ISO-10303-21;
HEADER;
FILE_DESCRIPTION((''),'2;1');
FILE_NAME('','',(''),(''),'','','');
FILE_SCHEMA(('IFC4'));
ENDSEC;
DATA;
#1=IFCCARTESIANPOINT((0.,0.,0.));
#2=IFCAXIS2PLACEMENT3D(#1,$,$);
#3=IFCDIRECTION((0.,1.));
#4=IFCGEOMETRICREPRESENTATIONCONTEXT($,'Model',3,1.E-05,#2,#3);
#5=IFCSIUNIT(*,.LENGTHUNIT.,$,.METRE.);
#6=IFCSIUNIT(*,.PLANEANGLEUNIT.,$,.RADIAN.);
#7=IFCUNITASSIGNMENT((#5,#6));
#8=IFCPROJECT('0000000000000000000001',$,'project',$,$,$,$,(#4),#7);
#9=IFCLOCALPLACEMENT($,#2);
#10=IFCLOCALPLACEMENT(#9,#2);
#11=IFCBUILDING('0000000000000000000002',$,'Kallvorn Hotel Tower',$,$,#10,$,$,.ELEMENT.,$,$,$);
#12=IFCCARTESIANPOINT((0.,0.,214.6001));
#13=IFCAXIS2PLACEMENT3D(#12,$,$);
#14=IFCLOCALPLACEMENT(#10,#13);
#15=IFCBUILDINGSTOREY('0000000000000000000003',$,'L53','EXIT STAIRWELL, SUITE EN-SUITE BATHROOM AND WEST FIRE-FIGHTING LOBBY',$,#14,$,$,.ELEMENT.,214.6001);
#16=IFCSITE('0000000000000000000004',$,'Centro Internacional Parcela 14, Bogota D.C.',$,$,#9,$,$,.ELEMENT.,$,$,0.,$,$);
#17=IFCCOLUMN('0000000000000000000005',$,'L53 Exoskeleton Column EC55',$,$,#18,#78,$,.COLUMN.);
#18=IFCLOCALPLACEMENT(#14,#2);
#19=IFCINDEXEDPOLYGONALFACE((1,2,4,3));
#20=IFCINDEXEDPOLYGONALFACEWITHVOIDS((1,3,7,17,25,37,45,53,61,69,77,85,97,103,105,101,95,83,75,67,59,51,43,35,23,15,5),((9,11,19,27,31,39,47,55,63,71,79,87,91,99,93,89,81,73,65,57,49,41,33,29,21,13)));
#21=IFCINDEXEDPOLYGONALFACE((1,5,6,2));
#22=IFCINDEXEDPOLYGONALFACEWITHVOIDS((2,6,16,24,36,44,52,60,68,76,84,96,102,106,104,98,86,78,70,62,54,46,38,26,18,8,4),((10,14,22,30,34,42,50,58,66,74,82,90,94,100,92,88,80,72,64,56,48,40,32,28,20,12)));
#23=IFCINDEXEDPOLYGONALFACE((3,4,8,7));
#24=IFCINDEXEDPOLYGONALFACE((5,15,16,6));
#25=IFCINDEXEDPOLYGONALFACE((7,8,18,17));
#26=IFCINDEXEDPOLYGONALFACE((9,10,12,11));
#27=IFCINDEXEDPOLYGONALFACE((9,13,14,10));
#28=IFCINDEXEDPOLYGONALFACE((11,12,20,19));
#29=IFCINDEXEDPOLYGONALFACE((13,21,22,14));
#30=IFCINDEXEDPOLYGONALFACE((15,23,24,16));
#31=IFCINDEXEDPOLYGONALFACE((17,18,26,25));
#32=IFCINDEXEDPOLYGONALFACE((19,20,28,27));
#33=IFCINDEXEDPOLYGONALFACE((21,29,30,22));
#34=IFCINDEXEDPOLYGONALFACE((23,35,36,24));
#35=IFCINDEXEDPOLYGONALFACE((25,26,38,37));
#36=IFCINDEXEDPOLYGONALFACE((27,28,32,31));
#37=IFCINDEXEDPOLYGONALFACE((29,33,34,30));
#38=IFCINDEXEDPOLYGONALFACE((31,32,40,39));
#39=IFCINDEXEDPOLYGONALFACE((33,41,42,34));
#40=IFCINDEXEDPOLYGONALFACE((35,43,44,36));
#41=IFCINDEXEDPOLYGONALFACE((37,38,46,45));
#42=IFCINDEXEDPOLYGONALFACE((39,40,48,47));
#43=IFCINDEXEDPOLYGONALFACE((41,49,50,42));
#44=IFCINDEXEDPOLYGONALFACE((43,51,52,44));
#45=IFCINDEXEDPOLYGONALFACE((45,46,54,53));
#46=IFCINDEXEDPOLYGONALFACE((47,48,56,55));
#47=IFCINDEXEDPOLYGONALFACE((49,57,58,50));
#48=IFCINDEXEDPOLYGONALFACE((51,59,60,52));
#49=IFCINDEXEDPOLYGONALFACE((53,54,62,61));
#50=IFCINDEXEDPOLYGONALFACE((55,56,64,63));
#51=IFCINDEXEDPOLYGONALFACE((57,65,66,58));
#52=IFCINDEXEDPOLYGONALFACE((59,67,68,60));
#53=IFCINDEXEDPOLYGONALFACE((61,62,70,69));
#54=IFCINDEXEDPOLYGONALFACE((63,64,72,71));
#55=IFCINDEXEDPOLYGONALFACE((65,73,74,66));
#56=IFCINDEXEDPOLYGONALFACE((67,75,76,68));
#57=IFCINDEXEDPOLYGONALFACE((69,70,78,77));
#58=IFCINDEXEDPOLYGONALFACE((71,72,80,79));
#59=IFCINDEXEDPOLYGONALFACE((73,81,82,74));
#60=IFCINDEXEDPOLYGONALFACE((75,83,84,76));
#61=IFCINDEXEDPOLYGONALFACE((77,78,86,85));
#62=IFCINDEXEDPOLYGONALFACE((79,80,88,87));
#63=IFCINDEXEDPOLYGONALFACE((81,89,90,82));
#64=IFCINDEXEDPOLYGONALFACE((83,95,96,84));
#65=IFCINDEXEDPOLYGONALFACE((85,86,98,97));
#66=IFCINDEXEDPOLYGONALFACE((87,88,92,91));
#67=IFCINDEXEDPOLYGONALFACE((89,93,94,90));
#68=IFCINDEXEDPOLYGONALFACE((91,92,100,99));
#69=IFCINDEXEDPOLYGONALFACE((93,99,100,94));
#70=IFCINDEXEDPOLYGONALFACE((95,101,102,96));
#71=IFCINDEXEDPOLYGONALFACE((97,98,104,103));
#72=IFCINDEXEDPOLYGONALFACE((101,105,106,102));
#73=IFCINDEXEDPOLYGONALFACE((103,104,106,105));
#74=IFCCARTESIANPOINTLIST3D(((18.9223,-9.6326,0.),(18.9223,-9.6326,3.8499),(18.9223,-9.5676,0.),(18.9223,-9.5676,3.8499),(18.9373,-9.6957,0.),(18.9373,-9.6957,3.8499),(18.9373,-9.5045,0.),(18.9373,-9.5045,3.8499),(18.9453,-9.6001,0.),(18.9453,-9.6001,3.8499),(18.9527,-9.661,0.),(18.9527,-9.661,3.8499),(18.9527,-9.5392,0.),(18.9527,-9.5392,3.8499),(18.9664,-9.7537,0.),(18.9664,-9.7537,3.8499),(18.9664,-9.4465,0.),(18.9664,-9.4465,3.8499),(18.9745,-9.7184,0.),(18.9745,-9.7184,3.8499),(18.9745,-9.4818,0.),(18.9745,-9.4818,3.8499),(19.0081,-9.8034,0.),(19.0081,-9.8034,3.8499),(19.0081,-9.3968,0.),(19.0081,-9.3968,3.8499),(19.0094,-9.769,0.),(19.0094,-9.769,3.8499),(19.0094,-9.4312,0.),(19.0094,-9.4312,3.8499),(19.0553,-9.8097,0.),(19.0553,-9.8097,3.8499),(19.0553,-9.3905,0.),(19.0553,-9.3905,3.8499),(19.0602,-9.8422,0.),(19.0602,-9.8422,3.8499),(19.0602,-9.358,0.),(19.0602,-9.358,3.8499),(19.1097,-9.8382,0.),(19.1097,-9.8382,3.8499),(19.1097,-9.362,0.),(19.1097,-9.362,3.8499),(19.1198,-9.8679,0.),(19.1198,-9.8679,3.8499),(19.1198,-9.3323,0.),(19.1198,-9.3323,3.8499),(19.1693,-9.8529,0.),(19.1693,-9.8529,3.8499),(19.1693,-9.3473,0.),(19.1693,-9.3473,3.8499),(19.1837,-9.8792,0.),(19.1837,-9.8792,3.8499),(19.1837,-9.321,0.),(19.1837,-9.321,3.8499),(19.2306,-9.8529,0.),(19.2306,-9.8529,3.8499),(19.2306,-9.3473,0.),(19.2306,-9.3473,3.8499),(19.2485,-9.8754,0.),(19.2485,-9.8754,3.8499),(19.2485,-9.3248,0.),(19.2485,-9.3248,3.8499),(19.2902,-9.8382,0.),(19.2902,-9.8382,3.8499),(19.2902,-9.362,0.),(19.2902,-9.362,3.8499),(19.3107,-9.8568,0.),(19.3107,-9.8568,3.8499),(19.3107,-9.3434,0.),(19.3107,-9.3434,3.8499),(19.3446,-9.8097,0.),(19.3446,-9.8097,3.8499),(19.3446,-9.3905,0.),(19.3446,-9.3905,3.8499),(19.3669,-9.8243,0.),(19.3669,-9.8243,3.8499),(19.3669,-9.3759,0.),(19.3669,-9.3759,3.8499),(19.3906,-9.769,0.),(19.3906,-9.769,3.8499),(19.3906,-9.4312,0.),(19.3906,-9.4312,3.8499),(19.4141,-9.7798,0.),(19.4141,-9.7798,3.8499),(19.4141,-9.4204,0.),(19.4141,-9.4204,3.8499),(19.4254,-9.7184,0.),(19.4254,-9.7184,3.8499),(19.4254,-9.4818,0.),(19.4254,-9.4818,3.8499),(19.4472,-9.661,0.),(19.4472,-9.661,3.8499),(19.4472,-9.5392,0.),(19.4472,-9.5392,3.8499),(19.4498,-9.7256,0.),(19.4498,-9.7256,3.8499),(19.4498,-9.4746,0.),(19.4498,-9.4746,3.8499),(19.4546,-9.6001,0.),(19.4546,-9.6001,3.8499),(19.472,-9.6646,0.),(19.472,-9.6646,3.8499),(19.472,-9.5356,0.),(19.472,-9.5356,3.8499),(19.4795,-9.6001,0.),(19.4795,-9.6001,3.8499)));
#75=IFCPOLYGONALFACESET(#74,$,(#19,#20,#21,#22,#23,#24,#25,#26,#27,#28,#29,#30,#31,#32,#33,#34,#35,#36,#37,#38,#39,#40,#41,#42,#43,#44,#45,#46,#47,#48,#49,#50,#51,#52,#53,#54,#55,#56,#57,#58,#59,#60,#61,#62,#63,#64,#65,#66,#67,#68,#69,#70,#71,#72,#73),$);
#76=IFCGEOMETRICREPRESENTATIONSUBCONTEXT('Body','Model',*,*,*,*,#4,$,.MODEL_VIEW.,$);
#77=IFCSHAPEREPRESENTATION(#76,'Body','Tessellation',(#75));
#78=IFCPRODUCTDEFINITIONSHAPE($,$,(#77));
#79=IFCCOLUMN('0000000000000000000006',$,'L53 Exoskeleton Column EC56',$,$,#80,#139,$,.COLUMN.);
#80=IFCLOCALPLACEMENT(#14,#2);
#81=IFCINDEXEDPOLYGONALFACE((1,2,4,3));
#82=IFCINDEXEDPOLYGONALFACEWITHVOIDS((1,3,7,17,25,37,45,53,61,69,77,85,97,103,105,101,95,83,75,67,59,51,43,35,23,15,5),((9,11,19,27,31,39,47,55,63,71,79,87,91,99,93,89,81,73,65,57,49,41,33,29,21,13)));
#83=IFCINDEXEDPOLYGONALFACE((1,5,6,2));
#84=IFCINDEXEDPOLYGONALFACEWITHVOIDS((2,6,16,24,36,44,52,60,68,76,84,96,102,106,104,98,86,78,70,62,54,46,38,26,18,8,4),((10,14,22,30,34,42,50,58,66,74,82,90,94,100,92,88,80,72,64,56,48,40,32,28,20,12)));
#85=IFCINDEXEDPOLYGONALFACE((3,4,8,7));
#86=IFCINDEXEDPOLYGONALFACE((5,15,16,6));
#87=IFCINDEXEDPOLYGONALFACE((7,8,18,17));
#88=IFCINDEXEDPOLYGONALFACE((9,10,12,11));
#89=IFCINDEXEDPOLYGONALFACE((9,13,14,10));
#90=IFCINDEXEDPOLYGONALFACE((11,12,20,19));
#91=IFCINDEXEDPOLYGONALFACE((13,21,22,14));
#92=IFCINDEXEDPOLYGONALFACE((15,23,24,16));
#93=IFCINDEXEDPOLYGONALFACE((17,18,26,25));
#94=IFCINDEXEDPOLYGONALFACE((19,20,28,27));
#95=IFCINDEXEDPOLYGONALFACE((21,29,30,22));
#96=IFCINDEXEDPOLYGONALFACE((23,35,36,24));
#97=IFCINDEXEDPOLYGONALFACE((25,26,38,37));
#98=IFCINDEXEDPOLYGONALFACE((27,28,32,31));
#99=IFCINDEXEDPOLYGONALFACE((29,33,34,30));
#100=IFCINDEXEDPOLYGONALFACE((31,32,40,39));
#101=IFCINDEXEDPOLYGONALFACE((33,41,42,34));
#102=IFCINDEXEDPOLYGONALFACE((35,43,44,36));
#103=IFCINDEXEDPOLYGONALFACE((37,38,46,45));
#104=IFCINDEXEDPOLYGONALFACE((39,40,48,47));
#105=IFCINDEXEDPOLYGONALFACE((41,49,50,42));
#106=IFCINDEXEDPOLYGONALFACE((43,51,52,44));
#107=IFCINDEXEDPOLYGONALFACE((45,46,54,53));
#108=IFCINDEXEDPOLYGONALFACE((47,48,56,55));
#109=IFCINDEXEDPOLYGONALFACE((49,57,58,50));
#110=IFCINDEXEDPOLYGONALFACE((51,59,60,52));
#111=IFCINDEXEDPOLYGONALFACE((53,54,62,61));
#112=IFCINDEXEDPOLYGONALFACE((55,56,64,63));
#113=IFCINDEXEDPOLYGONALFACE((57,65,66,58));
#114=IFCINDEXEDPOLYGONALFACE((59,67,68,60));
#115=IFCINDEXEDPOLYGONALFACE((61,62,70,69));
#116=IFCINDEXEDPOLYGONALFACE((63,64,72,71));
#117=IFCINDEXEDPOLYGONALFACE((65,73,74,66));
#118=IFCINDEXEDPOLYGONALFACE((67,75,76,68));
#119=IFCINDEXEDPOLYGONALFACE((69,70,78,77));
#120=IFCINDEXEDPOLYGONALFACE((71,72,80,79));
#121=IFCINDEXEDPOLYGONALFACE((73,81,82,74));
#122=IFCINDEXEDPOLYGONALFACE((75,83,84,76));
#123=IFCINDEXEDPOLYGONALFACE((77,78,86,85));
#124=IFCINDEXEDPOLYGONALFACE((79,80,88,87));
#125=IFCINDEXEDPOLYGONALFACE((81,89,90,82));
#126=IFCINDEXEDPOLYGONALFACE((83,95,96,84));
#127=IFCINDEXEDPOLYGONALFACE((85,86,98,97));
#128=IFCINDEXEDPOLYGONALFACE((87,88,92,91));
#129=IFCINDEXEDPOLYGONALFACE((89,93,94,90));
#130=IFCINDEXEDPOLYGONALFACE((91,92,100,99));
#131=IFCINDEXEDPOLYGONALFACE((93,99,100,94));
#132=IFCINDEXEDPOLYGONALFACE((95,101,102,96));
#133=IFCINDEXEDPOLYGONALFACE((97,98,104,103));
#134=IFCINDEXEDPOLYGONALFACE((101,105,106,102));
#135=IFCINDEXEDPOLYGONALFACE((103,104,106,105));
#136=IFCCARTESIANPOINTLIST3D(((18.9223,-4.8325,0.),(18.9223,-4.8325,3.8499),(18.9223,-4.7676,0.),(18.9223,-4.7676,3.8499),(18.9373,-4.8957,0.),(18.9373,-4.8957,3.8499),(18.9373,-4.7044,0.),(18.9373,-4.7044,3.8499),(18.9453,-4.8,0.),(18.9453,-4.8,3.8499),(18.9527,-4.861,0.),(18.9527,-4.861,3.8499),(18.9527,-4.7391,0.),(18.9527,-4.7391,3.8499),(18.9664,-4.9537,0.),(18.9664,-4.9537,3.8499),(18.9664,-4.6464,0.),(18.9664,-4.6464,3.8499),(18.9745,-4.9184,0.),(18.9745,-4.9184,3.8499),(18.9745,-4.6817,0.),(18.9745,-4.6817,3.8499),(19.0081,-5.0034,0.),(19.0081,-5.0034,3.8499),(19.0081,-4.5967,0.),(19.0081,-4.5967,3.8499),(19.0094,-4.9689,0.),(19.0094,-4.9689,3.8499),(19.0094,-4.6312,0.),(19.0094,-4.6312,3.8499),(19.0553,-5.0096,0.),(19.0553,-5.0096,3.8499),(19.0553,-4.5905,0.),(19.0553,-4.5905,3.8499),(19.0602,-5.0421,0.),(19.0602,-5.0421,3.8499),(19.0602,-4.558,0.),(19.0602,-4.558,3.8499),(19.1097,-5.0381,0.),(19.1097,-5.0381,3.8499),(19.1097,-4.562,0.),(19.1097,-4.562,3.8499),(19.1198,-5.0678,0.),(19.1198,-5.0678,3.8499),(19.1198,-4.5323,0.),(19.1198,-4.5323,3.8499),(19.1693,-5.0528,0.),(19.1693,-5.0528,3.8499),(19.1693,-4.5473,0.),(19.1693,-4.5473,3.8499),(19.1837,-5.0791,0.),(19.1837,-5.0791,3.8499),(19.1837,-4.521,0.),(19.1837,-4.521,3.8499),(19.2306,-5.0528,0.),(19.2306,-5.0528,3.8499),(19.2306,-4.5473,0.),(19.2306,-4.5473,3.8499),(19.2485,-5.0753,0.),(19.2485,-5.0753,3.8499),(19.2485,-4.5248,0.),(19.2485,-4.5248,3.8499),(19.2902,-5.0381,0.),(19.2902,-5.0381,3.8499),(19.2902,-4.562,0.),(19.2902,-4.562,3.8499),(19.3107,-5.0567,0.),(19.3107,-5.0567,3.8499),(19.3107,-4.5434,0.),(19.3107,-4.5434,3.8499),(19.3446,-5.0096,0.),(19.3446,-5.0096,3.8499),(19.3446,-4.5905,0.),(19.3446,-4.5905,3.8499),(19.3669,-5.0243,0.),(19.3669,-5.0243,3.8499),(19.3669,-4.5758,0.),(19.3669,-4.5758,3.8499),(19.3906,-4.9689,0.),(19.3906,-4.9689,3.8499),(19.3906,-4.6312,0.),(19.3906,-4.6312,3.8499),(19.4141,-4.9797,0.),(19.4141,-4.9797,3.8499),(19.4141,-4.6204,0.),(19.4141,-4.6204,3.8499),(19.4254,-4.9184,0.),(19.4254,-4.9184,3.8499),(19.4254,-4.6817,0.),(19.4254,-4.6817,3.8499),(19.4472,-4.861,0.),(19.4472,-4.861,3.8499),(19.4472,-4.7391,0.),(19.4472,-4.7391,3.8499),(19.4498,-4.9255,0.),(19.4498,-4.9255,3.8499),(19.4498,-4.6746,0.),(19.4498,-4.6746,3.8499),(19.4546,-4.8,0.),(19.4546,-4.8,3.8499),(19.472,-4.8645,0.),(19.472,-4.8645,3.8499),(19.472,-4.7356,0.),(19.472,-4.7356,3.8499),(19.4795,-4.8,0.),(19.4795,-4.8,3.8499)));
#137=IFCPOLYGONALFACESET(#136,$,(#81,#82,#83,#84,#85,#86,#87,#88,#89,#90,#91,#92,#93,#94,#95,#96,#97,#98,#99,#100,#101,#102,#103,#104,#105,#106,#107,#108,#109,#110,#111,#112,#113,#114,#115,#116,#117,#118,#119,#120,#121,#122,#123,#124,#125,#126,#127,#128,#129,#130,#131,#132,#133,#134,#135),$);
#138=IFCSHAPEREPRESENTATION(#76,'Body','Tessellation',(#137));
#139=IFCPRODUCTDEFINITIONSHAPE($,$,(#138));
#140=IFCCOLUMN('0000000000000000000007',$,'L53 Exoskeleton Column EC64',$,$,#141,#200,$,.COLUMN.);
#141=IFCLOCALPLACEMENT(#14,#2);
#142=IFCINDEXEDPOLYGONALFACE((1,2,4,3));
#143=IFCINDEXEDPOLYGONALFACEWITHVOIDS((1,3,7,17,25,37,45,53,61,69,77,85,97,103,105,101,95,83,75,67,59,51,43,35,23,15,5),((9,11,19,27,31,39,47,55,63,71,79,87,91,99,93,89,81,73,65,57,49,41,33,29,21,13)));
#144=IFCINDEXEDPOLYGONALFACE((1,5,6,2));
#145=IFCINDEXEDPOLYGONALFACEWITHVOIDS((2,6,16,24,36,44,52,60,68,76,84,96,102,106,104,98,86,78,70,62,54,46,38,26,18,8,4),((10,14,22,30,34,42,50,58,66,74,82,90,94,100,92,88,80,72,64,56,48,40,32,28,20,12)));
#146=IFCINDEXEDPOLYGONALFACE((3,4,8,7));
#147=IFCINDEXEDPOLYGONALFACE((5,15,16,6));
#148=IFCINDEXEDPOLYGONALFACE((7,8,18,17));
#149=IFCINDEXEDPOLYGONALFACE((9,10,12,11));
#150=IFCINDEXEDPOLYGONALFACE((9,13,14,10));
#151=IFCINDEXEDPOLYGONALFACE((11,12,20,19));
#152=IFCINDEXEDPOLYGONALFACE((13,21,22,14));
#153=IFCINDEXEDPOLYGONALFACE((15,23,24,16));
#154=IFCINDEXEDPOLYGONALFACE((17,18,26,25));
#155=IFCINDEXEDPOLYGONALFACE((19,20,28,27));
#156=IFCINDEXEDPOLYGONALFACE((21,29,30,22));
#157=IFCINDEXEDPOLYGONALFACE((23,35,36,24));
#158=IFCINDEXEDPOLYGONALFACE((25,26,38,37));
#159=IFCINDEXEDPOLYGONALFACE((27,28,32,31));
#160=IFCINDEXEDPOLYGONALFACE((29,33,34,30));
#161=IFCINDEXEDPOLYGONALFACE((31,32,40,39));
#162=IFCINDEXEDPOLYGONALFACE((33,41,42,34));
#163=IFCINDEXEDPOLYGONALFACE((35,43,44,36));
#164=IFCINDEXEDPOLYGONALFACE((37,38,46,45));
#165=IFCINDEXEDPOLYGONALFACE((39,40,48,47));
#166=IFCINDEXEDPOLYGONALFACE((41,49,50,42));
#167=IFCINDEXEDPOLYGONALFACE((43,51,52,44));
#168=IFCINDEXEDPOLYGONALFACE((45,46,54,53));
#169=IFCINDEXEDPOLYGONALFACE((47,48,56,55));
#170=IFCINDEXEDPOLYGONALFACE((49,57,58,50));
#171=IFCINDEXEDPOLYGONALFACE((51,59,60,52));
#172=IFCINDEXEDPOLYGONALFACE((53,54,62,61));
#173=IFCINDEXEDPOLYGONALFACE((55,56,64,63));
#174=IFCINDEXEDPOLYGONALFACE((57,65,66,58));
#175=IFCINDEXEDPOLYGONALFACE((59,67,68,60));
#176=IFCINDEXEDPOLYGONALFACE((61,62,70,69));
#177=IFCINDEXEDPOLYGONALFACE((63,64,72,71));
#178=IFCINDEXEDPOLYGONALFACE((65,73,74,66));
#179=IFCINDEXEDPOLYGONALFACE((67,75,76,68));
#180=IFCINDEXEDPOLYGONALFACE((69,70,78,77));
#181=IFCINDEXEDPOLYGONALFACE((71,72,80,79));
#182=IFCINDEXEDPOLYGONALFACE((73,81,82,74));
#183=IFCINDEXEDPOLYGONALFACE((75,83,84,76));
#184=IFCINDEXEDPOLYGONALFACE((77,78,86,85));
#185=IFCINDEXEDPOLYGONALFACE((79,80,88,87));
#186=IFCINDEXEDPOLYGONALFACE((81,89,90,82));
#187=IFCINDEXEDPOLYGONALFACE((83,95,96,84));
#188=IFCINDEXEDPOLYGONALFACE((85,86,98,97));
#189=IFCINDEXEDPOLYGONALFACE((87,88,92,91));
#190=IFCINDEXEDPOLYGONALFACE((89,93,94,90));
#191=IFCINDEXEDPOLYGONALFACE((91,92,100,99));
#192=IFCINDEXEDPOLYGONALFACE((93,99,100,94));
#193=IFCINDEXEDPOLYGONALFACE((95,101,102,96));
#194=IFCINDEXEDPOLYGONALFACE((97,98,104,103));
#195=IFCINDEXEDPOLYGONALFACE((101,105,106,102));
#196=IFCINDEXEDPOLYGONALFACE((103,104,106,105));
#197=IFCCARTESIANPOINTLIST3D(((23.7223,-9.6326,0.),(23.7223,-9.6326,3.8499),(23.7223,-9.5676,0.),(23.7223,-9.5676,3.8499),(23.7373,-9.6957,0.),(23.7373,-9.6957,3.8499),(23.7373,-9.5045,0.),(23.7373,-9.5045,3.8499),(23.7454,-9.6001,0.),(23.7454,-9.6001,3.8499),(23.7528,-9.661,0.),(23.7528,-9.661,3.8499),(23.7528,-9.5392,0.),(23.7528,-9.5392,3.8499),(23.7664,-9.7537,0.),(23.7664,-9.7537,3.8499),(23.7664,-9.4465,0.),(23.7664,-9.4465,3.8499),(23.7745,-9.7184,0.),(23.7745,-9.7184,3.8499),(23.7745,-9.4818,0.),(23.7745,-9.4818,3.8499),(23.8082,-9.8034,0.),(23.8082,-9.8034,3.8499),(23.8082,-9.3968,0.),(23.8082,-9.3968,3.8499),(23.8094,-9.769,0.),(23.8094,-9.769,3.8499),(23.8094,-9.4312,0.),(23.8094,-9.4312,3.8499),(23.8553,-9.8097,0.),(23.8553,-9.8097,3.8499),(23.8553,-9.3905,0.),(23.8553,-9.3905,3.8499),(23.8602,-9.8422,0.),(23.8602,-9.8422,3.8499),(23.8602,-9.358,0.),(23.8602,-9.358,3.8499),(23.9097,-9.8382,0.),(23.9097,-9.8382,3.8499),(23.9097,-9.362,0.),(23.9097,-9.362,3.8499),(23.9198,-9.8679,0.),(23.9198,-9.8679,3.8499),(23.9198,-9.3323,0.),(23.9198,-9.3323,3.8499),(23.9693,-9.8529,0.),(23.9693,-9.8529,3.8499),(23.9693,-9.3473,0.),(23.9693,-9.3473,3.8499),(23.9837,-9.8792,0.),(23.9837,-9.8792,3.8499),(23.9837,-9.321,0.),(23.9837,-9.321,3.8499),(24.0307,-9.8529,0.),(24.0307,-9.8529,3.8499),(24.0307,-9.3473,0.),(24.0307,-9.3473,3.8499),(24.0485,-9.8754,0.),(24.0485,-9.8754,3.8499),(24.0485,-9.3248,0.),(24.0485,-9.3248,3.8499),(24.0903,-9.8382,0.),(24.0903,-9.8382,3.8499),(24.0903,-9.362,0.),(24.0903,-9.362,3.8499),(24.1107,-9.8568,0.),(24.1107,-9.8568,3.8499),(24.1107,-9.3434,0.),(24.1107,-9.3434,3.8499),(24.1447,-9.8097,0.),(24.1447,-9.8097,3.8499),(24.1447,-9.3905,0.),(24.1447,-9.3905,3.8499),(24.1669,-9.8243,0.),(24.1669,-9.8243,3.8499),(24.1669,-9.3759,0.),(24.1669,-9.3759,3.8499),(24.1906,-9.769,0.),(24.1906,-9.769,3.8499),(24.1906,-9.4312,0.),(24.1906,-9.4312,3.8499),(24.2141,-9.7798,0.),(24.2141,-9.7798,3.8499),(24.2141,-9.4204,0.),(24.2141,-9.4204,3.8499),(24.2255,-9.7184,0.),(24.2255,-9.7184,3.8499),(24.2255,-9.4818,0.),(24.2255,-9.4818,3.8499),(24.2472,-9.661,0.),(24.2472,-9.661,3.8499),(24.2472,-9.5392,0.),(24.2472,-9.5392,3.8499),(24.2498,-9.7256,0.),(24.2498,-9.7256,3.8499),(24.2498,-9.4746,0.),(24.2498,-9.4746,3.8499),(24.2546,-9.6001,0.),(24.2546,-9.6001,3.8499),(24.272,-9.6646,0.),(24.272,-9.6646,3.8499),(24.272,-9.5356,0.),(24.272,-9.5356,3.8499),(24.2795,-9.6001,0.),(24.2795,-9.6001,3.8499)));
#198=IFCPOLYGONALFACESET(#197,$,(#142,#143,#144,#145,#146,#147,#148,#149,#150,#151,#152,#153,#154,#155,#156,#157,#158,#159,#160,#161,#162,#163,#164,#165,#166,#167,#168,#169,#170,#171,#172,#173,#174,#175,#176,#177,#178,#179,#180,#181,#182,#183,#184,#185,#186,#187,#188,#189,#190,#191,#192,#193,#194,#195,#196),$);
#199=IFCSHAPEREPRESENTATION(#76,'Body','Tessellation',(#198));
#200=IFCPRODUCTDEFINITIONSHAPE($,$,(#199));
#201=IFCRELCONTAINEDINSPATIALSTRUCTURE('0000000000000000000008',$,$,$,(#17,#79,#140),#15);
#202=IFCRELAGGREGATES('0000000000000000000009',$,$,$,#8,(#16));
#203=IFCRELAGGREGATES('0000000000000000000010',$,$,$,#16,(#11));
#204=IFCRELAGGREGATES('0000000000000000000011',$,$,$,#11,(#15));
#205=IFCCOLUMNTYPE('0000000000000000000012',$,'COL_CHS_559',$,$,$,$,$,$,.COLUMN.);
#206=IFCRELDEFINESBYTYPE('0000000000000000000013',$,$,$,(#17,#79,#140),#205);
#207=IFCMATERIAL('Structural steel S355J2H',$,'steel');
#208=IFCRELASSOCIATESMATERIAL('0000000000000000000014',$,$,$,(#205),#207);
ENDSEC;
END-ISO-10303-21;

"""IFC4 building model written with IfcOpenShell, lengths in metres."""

from ifc_helpers import new_model, si_unit, direction, frame, origin, origin_2d, place, context, subcontext, project, spatial, hollow_circle, extrude, material, material_profile, profile_set, type_object, element, save


model = new_model("IFC4")

# Units and contexts
model_context = context("Model", 3, precision=1e-05, world=origin(), true_north=direction((0.0, 1.0)))
body_context = subcontext(model_context, "Body", "Model", "MODEL_VIEW")
ifc_project = project(units=[si_unit("LENGTHUNIT", "METRE"), si_unit("PLANEANGLEUNIT", "RADIAN")], contexts=[model_context])

# Site, building, storey
site_placement = place(None, origin())
site = spatial("IfcSite", under=ifc_project, at=site_placement, Name="Centro Internacional Parcela 14, Bogota D.C.", CompositionType="ELEMENT", RefElevation=0.0)
building_placement = place(site_placement, origin())
building = spatial("IfcBuilding", under=site, at=building_placement, Name="Kallvorn Hotel Tower", CompositionType="ELEMENT")
storey_placement = place(building_placement, frame((0.0, 0.0, 214.6001)))
storey = spatial("IfcBuildingStorey", under=building, at=storey_placement, Name="L53", Description="EXIT STAIRWELL, SUITE EN-SUITE BATHROOM AND WEST FIRE-FIGHTING LOBBY", CompositionType="ELEMENT", Elevation=214.6001)

# Columns
ifc_material_1 = material(Name="Structural steel S355J2H", Category="steel")
ifc_material_profile_1 = material_profile(ifc_material_1, hollow_circle(Radius=0.2795, WallThickness=0.0249, at=origin_2d()), Name="CHS 559x25")
ifc_profile_set_1 = profile_set([ifc_material_profile_1], Name="Structural steel S355J2H")
column_type_1 = type_object("IfcColumnType", Name="COL_CHS_559", PredefinedType="COLUMN", material=ifc_profile_set_1)
for number, where, z_axis, x_axis, name in (
    (1, (19.2, -9.6001, 0.0), (0.0, 0.0, 1.0), (1.0, 0.0, 0.0), "L53 Exoskeleton Column EC55"),
    (2, (19.2, -4.8, 0.0), (0.0, 0.0, 1.0), (1.0, 0.0, 0.0), "L53 Exoskeleton Column EC56"),
    (3, (24.0, -9.6001, 0.0), (0.0, 0.0, 1.0), (1.0, 0.0, 0.0), "L53 Exoskeleton Column EC64"),
):
    element("IfcColumn", number, at=place(storey_placement, frame(where, z_axis=z_axis, x_axis=x_axis)), inside=storey, type_object=column_type_1, Name=name, PredefinedType="COLUMN", context=body_context, shape_type="SweptSolid", body=[
        extrude(hollow_circle(Radius=0.2795, WallThickness=0.0249, at=origin_2d()), origin(), (0.0, 0.0, 1.0), 3.8499),
    ])

save(model, "model.ifc")
